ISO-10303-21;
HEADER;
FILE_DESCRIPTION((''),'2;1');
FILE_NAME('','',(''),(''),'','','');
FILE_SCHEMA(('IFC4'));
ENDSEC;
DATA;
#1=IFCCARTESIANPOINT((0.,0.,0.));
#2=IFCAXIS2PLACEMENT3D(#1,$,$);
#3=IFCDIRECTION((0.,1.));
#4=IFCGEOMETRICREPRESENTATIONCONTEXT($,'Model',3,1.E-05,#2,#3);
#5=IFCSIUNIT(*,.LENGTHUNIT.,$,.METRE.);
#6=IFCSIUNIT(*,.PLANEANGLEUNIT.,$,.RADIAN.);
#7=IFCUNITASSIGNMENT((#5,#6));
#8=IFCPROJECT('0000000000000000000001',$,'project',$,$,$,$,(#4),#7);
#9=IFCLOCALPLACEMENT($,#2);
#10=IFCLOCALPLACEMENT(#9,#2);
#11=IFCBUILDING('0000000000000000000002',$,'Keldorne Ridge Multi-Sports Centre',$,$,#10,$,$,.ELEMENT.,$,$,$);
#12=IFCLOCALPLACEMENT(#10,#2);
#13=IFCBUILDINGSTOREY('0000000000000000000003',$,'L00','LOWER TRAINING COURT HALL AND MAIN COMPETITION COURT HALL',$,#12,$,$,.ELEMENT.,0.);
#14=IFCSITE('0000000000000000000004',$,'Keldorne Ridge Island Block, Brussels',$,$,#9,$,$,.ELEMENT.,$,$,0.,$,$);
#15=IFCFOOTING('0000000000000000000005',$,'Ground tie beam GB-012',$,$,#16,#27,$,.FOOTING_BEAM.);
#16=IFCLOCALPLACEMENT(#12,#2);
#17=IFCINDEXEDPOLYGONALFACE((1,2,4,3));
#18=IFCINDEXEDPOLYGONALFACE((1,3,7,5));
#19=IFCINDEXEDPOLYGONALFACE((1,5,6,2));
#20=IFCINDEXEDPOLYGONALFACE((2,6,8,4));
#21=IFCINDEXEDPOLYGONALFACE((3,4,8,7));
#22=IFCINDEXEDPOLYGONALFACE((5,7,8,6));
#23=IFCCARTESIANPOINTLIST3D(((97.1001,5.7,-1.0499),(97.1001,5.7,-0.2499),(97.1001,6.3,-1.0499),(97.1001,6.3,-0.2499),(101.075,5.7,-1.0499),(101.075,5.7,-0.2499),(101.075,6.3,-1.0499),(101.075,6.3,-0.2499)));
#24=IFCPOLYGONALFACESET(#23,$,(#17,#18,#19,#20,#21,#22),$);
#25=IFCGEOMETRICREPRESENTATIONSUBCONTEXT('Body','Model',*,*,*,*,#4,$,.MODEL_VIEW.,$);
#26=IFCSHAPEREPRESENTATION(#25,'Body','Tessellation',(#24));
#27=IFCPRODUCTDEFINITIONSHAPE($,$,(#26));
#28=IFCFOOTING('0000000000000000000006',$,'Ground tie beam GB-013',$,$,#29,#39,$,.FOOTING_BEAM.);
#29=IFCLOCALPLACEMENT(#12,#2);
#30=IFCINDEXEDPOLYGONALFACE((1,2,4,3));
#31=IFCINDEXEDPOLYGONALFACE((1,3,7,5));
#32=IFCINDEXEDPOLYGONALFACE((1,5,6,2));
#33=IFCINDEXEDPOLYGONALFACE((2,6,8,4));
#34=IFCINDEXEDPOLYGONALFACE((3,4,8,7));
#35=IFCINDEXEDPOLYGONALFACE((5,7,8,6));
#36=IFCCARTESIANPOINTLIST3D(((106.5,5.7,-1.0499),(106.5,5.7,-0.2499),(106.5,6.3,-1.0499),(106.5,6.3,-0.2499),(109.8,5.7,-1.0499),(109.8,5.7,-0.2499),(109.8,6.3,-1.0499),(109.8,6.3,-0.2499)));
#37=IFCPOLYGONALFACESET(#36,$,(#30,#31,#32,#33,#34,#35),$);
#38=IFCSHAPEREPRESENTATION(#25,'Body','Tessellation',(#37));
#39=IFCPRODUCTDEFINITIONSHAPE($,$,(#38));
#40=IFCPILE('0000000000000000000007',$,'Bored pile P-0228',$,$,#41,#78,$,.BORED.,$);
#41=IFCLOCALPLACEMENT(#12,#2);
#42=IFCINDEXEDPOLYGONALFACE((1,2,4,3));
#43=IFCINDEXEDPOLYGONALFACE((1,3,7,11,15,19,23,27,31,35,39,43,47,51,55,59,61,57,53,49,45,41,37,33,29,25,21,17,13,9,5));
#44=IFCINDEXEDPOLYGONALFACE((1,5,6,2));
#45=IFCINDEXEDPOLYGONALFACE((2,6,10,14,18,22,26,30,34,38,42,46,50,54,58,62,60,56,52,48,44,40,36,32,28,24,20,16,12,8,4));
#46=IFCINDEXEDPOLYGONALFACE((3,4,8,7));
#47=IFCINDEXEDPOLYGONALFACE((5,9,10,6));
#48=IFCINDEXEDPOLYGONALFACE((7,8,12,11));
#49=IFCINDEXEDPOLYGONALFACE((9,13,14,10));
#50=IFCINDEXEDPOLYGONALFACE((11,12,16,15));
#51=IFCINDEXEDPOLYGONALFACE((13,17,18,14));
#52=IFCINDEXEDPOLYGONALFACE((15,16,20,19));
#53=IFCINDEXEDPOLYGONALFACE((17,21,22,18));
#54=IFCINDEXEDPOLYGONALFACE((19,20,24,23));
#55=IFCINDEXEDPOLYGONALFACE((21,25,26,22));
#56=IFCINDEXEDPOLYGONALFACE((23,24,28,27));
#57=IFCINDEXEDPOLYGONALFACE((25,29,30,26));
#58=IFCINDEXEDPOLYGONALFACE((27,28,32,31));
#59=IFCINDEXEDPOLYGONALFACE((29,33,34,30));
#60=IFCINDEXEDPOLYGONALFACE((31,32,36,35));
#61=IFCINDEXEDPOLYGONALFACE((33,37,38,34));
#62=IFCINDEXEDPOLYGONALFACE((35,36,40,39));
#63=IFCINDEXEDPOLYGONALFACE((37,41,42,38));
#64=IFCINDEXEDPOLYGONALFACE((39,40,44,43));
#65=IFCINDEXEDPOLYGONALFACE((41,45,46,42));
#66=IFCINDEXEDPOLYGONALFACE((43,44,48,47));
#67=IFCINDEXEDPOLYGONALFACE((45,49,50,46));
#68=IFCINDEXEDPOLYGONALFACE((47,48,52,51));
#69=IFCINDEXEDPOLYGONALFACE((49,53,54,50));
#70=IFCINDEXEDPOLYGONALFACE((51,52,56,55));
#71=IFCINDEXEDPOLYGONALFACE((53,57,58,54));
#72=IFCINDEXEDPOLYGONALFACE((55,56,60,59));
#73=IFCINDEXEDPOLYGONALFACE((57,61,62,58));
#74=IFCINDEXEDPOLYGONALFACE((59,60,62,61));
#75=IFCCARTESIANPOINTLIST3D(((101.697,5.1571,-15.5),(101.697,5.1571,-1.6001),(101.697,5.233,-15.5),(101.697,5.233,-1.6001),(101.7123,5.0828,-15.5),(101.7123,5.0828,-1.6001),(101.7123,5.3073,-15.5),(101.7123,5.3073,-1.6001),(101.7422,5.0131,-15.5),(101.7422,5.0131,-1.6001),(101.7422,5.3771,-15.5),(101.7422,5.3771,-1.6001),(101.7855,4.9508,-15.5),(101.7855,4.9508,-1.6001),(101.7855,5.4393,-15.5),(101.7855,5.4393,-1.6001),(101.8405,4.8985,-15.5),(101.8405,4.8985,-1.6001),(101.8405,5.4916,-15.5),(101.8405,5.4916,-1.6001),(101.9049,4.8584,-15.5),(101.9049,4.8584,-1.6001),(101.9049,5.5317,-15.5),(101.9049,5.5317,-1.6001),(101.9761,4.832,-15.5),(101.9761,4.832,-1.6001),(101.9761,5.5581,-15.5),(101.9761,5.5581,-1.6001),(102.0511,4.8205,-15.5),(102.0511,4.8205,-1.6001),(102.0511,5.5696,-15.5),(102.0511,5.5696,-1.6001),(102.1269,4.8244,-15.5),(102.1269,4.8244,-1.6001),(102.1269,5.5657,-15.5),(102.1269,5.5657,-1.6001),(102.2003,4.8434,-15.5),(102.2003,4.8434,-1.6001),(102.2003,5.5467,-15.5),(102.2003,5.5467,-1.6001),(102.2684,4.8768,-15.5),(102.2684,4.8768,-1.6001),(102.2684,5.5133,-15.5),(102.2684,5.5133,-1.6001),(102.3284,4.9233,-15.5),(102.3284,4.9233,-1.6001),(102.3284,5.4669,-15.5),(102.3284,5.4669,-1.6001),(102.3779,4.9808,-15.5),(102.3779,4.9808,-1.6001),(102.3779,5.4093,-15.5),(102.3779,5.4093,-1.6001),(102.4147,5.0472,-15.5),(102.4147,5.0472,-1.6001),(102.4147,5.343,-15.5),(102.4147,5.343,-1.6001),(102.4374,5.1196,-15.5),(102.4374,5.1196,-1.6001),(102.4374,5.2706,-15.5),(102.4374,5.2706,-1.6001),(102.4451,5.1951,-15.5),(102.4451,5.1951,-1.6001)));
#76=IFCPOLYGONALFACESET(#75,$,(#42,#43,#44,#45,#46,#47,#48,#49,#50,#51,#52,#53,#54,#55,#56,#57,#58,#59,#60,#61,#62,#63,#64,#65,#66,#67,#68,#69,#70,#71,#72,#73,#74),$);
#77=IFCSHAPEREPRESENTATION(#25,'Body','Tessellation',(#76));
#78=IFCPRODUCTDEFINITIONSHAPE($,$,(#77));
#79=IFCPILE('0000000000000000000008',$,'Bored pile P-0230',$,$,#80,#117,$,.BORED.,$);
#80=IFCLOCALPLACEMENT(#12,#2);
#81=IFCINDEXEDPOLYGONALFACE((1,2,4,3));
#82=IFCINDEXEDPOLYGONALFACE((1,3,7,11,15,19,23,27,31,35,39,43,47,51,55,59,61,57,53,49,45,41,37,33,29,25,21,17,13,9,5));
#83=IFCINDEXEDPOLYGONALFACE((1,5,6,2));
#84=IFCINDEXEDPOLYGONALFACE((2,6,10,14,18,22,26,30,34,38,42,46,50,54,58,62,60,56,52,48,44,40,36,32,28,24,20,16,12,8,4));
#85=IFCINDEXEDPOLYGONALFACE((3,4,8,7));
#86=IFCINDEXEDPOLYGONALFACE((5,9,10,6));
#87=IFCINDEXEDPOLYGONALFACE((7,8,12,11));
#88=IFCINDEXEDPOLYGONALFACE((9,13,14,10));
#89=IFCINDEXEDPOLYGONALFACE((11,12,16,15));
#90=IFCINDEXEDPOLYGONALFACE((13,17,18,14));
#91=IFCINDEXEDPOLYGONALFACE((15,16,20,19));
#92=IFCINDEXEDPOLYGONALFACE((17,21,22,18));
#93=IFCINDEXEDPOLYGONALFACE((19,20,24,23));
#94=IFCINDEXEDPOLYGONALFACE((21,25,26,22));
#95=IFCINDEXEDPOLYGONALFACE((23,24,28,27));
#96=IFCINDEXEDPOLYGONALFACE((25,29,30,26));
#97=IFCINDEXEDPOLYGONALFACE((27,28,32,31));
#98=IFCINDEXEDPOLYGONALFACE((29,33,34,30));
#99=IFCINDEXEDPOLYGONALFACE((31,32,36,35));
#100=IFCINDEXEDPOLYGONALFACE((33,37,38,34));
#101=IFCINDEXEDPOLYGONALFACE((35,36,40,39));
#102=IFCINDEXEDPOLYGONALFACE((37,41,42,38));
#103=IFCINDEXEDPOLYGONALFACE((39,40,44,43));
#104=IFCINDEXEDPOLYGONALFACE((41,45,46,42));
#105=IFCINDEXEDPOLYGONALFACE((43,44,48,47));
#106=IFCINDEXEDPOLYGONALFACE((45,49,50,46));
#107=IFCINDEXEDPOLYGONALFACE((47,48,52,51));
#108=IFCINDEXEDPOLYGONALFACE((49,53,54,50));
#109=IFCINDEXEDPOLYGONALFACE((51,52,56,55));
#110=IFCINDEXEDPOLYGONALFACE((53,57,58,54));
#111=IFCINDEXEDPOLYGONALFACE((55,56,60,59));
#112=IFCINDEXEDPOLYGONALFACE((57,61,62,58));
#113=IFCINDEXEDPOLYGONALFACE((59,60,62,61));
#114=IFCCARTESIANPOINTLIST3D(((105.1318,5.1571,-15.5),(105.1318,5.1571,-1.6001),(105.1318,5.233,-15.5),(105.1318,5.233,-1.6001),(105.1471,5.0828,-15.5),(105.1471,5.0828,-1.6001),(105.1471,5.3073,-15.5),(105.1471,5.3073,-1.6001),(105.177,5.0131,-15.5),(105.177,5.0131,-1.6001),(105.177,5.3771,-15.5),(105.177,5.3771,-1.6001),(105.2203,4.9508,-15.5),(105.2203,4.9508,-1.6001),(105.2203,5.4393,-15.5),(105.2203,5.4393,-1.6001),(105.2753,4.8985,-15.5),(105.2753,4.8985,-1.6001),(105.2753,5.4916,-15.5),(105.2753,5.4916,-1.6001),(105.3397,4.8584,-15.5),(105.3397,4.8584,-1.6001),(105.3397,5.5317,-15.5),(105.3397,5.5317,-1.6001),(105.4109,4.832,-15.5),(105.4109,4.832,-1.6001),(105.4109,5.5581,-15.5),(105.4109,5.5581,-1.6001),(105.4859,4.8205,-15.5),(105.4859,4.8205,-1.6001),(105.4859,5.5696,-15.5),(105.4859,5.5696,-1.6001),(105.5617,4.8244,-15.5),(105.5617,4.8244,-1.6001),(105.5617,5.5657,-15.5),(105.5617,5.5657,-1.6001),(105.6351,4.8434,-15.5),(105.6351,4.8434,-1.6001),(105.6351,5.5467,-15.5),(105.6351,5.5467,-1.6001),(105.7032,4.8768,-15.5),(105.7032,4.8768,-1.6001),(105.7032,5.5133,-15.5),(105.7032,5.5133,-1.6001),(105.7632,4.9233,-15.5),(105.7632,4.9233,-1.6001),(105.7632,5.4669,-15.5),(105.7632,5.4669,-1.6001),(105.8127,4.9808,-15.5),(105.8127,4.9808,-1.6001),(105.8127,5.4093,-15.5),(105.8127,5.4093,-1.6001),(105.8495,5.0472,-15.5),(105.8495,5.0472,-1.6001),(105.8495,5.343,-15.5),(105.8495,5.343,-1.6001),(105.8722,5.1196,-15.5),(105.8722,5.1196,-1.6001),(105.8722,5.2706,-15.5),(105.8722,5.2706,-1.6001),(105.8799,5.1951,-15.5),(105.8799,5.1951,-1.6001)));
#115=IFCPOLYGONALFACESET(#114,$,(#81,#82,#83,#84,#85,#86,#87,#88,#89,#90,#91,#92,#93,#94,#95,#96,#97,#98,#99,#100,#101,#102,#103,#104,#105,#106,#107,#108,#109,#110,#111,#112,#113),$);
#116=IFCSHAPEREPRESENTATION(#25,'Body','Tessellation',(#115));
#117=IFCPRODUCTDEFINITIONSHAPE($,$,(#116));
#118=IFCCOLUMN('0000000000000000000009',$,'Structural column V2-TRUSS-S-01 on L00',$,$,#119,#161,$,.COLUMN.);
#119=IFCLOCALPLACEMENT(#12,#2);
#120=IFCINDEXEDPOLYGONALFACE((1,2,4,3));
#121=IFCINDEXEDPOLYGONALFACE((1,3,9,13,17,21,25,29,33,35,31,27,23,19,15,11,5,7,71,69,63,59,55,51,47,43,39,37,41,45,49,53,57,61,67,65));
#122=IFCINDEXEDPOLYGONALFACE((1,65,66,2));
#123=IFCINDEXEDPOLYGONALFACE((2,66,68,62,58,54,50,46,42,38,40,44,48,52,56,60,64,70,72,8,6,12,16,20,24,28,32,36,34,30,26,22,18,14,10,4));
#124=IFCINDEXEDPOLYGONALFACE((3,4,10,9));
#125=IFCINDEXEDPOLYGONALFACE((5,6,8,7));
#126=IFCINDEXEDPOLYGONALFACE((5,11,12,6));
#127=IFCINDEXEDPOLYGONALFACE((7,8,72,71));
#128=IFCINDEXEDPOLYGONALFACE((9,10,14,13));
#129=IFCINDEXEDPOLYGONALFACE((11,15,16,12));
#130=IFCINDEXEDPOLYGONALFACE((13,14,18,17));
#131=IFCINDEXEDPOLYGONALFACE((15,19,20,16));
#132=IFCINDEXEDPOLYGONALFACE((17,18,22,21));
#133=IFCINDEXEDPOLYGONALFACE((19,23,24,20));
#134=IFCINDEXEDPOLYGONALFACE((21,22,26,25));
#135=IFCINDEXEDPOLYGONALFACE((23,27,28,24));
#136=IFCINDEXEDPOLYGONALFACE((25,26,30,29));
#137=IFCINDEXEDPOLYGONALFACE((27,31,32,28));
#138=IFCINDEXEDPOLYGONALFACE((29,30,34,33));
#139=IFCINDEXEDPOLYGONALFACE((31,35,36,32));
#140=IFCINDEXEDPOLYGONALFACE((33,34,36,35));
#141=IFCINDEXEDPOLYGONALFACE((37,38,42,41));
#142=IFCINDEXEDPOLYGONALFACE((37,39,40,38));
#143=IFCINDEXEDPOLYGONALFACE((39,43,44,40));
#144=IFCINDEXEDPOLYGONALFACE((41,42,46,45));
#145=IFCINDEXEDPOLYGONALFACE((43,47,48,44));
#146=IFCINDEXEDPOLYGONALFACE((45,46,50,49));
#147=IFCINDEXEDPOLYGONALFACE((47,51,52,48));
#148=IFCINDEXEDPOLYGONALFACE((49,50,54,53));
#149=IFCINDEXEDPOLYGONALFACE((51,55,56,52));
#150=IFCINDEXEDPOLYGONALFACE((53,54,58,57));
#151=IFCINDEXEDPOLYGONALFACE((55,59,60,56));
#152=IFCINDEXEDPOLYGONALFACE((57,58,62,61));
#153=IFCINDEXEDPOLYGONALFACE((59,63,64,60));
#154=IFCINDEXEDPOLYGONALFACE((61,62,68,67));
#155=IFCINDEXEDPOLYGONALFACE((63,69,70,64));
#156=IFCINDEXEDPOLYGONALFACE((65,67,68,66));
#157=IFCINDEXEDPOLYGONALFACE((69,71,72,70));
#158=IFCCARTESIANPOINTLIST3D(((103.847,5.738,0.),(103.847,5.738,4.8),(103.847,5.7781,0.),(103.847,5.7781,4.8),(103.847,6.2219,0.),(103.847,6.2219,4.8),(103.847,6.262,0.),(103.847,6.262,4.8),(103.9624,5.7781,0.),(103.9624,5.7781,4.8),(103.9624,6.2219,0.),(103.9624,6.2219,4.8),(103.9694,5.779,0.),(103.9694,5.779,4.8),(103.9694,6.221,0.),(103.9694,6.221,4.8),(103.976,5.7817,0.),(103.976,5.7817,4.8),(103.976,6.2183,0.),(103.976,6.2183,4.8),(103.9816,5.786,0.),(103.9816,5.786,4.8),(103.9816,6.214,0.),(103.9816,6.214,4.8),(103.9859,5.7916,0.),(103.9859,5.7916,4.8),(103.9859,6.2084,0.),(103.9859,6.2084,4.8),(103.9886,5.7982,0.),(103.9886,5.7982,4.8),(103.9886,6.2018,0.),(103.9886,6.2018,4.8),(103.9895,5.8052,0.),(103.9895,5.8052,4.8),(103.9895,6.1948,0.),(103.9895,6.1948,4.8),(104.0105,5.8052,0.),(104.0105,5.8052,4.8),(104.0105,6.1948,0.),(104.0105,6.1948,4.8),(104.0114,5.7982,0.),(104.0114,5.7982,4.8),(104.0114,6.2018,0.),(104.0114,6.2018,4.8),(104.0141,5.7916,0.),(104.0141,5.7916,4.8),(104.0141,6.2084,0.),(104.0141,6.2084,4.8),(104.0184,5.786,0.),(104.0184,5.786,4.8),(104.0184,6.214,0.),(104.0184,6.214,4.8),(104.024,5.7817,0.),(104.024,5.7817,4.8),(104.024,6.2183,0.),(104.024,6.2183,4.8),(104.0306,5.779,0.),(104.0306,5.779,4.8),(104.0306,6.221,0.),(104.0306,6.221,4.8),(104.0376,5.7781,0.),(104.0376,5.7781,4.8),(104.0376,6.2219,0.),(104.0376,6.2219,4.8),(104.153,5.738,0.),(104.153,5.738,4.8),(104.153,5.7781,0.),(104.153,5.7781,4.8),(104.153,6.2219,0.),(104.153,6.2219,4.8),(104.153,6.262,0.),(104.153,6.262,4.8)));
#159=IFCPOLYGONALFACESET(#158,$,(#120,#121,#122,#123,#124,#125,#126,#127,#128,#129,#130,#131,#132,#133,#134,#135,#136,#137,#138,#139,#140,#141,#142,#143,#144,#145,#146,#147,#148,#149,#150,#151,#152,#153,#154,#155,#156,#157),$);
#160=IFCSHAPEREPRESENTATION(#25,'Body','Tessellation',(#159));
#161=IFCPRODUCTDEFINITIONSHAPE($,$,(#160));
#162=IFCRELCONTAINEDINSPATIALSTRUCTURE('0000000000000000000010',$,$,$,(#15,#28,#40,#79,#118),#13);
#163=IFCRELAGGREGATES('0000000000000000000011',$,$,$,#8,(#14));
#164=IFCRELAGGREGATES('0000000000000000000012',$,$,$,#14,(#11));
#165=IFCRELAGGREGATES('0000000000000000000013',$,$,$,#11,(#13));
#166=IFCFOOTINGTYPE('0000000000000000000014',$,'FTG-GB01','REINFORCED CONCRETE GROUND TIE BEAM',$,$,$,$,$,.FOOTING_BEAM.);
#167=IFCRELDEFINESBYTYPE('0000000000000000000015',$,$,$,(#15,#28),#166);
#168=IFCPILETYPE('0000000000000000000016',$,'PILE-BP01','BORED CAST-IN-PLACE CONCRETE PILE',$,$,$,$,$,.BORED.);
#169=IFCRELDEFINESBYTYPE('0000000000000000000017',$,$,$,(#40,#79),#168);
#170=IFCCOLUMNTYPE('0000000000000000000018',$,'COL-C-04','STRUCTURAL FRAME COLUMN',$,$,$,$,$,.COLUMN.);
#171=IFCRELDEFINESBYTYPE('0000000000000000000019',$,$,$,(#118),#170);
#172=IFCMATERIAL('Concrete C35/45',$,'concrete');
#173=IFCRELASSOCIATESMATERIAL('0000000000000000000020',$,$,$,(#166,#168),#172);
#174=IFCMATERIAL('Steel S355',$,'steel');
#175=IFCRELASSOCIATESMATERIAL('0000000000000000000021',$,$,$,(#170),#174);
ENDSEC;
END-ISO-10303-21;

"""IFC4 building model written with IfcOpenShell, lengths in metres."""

from ifc_helpers import new_model, si_unit, direction, frame, origin, origin_2d, place, context, subcontext, project, spatial, rectangle, circle, i_section, extrude, material, material_profile, profile_set, type_object, element, save


model = new_model("IFC4")

# Units and contexts
model_context = context("Model", 3, precision=1e-05, world=origin(), true_north=direction((0.0, 1.0)))
body_context = subcontext(model_context, "Body", "Model", "MODEL_VIEW")
ifc_project = project(units=[si_unit("LENGTHUNIT", "METRE"), si_unit("PLANEANGLEUNIT", "RADIAN")], contexts=[model_context])

# Site, building, storey
site_placement = place(None, origin())
site = spatial("IfcSite", under=ifc_project, at=site_placement, Name="Keldorne Ridge Island Block, Brussels", CompositionType="ELEMENT", RefElevation=0.0)
building_placement = place(site_placement, origin())
building = spatial("IfcBuilding", under=site, at=building_placement, Name="Keldorne Ridge Multi-Sports Centre", CompositionType="ELEMENT")
storey_placement = place(building_placement, origin())
storey = spatial("IfcBuildingStorey", under=building, at=storey_placement, Name="L00", Description="LOWER TRAINING COURT HALL AND MAIN COMPETITION COURT HALL", CompositionType="ELEMENT", Elevation=0.0)

# Footings
ifc_material_1 = material(Name="Concrete C35/45", Category="concrete")
ifc_material_profile_1 = material_profile(ifc_material_1, rectangle(XDim=0.6001, YDim=0.8, at=origin_2d()), Name="GB 600x800")
ifc_profile_set_1 = profile_set([ifc_material_profile_1], Name="Concrete C35/45")
footing_type = type_object("IfcFootingType", Name="FTG-GB01", Description="REINFORCED CONCRETE GROUND TIE BEAM", PredefinedType="FOOTING_BEAM", material=ifc_profile_set_1)
footing_1_placement = place(storey_placement, frame((97.1001, 6.0, -0.6499), z_axis=(1.0, 0.0, 0.0), x_axis=(0.0, 1.0, 0.0)))
element("IfcFooting", 1, at=footing_1_placement, inside=storey, type_object=footing_type, Name="Ground tie beam GB-012", PredefinedType="FOOTING_BEAM", context=body_context, shape_type="SweptSolid", body=[
    extrude(rectangle(XDim=0.6001, YDim=0.8, at=origin_2d()), origin(), (0.0, 0.0, 1.0), 3.9749),
])
footing_2_placement = place(storey_placement, frame((106.5, 6.0, -0.6499), z_axis=(1.0, 0.0, 0.0), x_axis=(0.0, 1.0, 0.0)))
element("IfcFooting", 2, at=footing_2_placement, inside=storey, type_object=footing_type, Name="Ground tie beam GB-013", PredefinedType="FOOTING_BEAM", context=body_context, shape_type="SweptSolid", body=[
    extrude(rectangle(XDim=0.6001, YDim=0.8, at=origin_2d()), origin(), (0.0, 0.0, 1.0), 3.3),
])

# Piles
ifc_material_profile_2 = material_profile(ifc_material_1, circle(Radius=0.375, at=origin_2d()), Name="BORED PILE D750")
ifc_profile_set_2 = profile_set([ifc_material_profile_2], Name="Concrete C35/45")
pile_type = type_object("IfcPileType", Name="PILE-BP01", Description="BORED CAST-IN-PLACE CONCRETE PILE", PredefinedType="BORED", material=ifc_profile_set_2)
for number, where, z_axis, x_axis, name in (
    (3, (102.0701, 5.1951, -1.6001), (0.0, 0.0, -1.0), (1.0, 0.0, 0.0), "Bored pile P-0228"),
    (4, (105.5049, 5.1951, -1.6001), (0.0, 0.0, -1.0), (1.0, 0.0, 0.0), "Bored pile P-0230"),
):
    element("IfcPile", number, at=place(storey_placement, frame(where, z_axis=z_axis, x_axis=x_axis)), inside=storey, type_object=pile_type, Name=name, PredefinedType="BORED", context=body_context, shape_type="SweptSolid", body=[
        extrude(circle(Radius=0.375, at=origin_2d()), origin(), (0.0, 0.0, 1.0), 13.8999),
    ])

# Column
ifc_material_2 = material(Name="Steel S355", Category="steel")
ifc_material_profile_3 = material_profile(ifc_material_2, i_section(OverallWidth=0.3059, OverallDepth=0.5239, WebThickness=0.021, FlangeThickness=0.04, FilletRadius=0.0271, at=origin_2d()), Name="HEM 500")
ifc_profile_set_3 = profile_set([ifc_material_profile_3], Name="Steel S355")
column_type_1 = type_object("IfcColumnType", Name="COL-C-04", Description="STRUCTURAL FRAME COLUMN", PredefinedType="COLUMN", material=ifc_profile_set_3)
column_1_placement = place(storey_placement, frame((104.0, 6.0, 0.0), z_axis=(0.0, 0.0, 1.0), x_axis=(1.0, 0.0, 0.0)))
element("IfcColumn", 5, at=column_1_placement, inside=storey, type_object=column_type_1, Name="Structural column V2-TRUSS-S-01 on L00", PredefinedType="COLUMN", context=body_context, shape_type="SweptSolid", body=[
    extrude(i_section(OverallWidth=0.3059, OverallDepth=0.5239, WebThickness=0.021, FlangeThickness=0.04, FilletRadius=0.0271, at=origin_2d()), origin(), (0.0, 0.0, 1.0), 4.8),
])

save(model, "model.ifc")
